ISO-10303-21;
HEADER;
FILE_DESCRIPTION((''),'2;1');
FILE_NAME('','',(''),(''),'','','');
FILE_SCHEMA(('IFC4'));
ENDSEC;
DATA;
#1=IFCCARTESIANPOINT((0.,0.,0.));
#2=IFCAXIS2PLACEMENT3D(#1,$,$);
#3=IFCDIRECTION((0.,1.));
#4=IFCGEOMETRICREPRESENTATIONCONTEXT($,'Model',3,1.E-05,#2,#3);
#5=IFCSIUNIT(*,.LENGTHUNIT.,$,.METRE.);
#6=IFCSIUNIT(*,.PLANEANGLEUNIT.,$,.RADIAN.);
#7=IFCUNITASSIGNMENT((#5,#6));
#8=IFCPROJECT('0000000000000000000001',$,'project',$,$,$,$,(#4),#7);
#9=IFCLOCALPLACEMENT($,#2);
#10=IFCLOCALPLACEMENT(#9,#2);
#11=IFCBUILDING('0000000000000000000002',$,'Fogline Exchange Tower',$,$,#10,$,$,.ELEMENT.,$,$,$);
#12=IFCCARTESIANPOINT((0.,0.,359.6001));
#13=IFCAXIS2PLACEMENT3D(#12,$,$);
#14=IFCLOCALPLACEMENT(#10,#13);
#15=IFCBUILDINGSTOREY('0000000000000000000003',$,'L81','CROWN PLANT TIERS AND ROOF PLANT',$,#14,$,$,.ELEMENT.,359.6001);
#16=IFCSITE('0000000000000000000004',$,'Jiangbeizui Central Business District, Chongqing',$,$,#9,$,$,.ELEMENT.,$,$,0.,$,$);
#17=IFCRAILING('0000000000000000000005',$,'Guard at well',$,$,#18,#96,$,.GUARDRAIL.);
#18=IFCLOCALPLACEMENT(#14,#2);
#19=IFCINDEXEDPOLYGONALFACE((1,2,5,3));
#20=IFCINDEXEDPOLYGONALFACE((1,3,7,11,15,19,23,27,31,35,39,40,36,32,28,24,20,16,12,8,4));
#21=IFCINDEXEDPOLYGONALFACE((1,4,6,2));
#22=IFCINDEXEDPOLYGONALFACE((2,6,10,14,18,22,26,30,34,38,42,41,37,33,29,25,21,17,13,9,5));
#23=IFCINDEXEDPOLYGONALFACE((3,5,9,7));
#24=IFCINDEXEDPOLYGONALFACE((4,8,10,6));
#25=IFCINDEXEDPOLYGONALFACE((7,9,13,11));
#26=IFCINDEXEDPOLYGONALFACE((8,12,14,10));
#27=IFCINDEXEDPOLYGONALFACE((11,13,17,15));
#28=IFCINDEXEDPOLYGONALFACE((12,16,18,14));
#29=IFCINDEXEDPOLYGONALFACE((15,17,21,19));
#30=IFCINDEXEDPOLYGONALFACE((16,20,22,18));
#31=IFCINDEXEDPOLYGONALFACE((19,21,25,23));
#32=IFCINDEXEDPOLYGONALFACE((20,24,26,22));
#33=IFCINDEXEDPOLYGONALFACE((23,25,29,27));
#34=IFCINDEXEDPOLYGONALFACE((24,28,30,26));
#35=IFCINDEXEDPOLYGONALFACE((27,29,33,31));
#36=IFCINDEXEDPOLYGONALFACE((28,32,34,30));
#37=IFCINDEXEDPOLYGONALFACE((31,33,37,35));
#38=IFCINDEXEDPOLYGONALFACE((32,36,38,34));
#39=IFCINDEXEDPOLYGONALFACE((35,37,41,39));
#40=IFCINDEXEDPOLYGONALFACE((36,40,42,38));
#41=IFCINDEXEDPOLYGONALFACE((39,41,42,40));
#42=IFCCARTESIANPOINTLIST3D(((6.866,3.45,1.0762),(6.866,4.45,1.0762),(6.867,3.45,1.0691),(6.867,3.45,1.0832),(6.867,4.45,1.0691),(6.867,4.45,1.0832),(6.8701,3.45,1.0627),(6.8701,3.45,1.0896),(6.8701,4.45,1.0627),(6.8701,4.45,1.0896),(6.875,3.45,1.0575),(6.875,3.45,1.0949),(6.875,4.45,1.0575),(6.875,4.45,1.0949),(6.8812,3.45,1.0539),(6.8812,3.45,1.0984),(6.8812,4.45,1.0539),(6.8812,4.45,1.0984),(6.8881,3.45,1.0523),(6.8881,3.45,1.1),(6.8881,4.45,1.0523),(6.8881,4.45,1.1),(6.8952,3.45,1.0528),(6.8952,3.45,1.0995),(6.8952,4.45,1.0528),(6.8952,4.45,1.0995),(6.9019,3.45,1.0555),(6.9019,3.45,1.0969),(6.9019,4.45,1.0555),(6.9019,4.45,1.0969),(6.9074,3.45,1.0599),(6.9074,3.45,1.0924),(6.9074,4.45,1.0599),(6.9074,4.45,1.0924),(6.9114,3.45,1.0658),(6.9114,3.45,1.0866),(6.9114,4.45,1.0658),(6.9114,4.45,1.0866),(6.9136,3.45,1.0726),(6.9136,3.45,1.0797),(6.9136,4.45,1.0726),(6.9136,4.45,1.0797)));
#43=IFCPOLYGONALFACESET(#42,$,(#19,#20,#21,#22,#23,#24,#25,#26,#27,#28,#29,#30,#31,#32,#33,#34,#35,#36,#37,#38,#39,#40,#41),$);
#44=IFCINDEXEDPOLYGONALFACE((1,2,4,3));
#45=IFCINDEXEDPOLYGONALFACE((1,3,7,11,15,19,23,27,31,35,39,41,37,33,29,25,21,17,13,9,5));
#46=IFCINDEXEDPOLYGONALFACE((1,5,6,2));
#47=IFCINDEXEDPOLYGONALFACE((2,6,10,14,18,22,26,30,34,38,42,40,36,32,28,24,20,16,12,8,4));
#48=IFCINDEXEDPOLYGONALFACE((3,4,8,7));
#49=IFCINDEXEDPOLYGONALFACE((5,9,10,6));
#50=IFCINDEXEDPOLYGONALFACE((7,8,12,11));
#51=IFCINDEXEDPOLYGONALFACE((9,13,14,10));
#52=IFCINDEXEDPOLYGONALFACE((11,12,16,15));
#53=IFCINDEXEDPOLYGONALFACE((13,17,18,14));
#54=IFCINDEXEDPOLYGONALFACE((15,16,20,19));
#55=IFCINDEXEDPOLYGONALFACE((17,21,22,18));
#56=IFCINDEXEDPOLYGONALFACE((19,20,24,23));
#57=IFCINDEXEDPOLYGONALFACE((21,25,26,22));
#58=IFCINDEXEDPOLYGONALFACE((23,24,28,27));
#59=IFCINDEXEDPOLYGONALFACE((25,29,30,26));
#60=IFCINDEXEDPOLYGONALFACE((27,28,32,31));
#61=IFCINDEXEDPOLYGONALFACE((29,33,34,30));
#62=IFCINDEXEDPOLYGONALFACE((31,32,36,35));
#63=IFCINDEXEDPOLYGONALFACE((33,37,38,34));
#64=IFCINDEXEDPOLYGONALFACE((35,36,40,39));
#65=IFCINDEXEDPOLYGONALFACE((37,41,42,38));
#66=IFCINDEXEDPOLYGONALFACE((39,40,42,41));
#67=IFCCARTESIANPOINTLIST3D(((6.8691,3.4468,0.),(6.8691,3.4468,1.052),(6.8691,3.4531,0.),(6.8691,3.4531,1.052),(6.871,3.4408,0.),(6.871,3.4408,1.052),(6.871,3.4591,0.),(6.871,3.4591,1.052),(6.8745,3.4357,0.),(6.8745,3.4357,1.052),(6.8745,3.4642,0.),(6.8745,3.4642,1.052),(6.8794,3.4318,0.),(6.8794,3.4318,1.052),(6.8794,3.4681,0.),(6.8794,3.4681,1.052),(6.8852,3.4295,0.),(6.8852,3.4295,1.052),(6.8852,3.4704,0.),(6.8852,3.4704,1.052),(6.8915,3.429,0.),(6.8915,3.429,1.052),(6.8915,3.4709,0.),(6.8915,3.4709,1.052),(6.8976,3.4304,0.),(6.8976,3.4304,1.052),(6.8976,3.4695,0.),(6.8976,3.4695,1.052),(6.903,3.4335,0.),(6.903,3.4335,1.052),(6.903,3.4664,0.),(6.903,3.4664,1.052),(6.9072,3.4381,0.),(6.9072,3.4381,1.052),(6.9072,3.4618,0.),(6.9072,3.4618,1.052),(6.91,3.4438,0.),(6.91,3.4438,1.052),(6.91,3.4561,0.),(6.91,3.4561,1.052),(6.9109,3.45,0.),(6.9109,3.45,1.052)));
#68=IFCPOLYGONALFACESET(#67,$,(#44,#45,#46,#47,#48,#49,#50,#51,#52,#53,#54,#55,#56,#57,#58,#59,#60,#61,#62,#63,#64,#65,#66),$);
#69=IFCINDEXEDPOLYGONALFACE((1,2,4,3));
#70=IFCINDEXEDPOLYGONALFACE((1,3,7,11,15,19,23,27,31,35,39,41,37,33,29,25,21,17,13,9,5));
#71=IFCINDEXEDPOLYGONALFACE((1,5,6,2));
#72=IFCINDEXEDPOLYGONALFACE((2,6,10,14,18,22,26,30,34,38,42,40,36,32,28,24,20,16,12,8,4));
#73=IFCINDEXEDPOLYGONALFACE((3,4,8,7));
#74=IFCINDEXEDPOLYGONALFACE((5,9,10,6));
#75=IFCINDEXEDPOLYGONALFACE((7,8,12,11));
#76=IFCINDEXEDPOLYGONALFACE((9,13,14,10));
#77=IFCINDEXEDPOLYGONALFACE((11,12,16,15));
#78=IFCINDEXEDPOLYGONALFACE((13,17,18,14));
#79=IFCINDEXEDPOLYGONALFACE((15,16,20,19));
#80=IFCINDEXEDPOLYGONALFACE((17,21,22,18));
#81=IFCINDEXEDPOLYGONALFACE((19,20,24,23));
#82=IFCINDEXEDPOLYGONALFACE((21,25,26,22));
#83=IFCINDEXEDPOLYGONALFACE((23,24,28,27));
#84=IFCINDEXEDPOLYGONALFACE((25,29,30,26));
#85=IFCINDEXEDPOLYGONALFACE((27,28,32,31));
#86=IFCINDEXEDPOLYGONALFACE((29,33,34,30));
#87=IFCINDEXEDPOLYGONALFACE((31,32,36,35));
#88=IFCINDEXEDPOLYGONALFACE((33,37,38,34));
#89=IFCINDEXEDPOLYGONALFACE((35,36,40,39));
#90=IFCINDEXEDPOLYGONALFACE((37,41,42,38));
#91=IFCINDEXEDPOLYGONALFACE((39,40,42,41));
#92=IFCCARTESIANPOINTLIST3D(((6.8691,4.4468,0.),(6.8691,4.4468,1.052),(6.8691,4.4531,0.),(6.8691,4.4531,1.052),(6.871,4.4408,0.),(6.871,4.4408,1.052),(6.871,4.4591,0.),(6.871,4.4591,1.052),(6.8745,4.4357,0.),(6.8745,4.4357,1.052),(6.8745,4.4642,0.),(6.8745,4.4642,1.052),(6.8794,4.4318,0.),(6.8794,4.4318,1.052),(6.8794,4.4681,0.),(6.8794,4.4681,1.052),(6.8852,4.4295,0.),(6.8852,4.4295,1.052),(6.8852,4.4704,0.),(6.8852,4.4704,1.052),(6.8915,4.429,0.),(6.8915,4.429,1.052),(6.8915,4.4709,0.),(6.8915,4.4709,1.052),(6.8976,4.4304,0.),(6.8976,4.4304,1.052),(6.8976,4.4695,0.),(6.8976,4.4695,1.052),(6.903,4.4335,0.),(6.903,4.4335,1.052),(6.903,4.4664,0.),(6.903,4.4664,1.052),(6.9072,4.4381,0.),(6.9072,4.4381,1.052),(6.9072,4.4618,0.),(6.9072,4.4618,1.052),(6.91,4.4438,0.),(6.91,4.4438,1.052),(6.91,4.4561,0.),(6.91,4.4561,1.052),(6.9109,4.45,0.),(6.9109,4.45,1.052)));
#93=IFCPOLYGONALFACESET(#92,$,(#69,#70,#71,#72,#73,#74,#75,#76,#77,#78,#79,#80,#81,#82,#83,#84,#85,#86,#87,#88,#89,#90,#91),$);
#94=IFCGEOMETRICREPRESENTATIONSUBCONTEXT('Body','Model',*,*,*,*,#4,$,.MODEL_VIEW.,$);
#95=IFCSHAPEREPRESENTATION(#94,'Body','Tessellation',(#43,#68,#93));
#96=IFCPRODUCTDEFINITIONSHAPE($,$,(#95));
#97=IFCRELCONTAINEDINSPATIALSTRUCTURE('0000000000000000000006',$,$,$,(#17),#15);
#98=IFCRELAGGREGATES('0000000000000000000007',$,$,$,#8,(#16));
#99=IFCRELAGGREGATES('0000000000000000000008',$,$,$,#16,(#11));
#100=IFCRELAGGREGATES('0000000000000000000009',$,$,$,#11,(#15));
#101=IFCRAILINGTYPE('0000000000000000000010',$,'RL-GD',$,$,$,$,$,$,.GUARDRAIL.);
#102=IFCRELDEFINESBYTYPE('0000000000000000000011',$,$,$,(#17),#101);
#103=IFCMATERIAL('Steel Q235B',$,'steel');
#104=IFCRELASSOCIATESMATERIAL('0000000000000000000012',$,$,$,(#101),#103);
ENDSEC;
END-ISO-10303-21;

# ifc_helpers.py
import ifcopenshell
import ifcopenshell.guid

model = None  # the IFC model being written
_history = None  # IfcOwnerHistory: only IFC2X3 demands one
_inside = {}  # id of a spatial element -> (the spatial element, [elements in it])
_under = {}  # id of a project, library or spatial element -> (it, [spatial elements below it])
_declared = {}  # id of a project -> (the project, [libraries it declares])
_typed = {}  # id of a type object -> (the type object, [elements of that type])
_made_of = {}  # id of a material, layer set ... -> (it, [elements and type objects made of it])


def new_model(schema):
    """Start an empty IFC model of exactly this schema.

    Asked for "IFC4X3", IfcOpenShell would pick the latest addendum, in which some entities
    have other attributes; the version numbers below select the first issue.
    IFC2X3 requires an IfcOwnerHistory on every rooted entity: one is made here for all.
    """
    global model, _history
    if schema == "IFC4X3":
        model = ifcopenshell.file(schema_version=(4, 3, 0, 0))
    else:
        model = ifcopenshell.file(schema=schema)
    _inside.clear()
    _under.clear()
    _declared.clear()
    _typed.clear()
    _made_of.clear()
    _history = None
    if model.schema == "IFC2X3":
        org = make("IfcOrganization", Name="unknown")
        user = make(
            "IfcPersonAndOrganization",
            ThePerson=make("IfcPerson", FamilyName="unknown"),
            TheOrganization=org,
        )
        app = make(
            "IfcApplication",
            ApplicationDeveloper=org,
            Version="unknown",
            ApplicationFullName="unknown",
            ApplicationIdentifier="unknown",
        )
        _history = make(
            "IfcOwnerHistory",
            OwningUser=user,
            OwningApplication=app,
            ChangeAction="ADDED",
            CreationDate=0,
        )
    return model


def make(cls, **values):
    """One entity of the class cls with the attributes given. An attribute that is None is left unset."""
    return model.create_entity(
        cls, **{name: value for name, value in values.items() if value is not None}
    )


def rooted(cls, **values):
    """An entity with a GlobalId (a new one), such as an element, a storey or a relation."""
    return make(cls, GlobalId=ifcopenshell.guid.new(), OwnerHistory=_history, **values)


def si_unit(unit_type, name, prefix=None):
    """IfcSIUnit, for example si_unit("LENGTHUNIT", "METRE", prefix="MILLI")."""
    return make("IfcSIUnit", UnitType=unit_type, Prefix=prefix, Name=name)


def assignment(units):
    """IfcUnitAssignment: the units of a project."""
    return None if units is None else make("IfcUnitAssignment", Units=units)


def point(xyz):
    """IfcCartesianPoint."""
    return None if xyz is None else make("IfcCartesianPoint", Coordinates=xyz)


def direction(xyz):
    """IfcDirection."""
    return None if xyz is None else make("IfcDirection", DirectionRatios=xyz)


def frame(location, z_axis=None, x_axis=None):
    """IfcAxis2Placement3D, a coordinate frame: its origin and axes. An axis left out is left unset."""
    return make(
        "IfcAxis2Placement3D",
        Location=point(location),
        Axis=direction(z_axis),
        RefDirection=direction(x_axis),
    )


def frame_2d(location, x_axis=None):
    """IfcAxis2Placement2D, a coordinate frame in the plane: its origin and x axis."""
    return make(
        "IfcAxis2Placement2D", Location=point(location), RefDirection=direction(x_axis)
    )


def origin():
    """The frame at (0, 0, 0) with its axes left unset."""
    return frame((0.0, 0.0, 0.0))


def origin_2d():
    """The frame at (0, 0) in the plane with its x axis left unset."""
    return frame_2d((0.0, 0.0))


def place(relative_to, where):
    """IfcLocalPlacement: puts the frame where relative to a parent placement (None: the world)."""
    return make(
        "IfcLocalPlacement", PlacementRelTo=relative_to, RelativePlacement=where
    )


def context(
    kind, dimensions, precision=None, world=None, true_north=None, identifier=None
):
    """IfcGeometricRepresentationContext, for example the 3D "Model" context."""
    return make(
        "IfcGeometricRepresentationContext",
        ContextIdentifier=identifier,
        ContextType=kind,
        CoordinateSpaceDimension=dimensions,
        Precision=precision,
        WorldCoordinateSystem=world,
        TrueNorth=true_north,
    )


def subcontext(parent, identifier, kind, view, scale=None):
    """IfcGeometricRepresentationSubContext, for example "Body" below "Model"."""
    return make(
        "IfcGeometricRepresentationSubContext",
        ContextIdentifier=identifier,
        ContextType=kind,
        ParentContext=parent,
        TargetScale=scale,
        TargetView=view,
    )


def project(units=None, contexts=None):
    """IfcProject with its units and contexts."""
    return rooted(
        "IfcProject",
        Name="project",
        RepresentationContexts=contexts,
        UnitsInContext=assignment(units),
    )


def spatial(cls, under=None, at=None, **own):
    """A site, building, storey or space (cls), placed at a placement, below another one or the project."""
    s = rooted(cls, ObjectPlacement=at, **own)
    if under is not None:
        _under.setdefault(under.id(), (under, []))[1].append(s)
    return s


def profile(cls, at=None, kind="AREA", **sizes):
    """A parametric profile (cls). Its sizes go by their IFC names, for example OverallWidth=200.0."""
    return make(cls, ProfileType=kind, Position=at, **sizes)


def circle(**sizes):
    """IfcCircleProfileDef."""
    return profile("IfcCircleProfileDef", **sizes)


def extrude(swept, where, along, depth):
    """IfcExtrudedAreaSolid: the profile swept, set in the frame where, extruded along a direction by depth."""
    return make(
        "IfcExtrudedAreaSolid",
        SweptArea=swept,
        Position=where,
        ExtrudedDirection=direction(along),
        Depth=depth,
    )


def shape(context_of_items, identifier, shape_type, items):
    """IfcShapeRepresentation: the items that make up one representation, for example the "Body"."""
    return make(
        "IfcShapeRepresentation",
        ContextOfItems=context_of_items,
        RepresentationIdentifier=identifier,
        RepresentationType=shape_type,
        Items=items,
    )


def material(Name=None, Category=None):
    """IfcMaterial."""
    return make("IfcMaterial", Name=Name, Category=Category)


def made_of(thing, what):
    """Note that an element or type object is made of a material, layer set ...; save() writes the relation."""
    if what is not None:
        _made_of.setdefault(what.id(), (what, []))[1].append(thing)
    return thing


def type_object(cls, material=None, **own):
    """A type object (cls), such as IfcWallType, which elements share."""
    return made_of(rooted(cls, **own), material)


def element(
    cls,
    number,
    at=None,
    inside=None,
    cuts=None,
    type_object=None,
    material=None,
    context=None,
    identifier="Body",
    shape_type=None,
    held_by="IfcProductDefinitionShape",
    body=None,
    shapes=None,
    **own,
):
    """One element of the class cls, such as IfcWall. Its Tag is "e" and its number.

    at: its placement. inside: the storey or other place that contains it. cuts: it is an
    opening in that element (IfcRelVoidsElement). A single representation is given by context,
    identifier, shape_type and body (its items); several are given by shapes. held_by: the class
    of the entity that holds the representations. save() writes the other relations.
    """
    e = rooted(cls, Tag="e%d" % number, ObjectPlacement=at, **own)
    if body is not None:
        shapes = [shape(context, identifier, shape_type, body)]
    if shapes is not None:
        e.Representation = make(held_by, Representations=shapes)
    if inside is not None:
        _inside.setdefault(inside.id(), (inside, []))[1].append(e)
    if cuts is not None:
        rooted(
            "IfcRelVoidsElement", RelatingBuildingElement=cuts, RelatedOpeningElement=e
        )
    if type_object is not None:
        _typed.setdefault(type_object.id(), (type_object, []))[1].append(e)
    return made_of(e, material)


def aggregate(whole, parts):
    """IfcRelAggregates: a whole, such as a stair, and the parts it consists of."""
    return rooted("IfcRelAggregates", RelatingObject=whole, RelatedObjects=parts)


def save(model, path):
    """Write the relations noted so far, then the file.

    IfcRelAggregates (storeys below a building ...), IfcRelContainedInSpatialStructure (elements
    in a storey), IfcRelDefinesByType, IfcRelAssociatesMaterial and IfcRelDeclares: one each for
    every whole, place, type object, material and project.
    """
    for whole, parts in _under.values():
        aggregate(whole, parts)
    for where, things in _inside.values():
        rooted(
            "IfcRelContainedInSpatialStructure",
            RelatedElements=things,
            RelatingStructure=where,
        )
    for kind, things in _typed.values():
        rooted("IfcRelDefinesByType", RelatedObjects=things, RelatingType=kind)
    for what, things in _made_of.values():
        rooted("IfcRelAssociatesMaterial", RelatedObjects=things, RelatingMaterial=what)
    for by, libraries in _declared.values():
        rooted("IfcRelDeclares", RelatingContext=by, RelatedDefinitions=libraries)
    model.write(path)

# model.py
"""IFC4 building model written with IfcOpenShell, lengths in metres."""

from ifc_helpers import new_model, si_unit, direction, frame, origin, origin_2d, place, context, subcontext, project, spatial, circle, extrude, material, type_object, element, save


model = new_model("IFC4")

# Units and contexts
model_context = context("Model", 3, precision=1e-05, world=origin(), true_north=direction((0.0, 1.0)))
body_context = subcontext(model_context, "Body", "Model", "MODEL_VIEW")
ifc_project = project(units=[si_unit("LENGTHUNIT", "METRE"), si_unit("PLANEANGLEUNIT", "RADIAN")], contexts=[model_context])

# Site, building, storey
site_placement = place(None, origin())
site = spatial("IfcSite", under=ifc_project, at=site_placement, Name="Jiangbeizui Central Business District, Chongqing", CompositionType="ELEMENT", RefElevation=0.0)
building_placement = place(site_placement, origin())
building = spatial("IfcBuilding", under=site, at=building_placement, Name="Fogline Exchange Tower", CompositionType="ELEMENT")
storey_placement = place(building_placement, frame((0.0, 0.0, 359.6001)))
storey = spatial("IfcBuildingStorey", under=building, at=storey_placement, Name="L81", Description="CROWN PLANT TIERS AND ROOF PLANT", CompositionType="ELEMENT", Elevation=359.6001)

# Railing
ifc_material_1 = material(Name="Steel Q235B", Category="steel")
railing_type_1 = type_object("IfcRailingType", Name="RL-GD", PredefinedType="GUARDRAIL", material=ifc_material_1)
railing_1_placement = place(storey_placement, frame((6.8899, 3.45, 0.0)))
element("IfcRailing", 1, at=railing_1_placement, inside=storey, type_object=railing_type_1, Name="Guard at well", PredefinedType="GUARDRAIL", context=body_context, shape_type="SweptSolid", body=[
    extrude(circle(Radius=0.0239, at=origin_2d()), frame((0.0, 0.0, 1.0762), z_axis=(0.0, 1.0, 0.0), x_axis=(-1.0, 0.0, 0.0)), (0.0, 0.0, 1.0), 1.0),
    extrude(circle(Radius=0.021, at=origin_2d()), origin(), (0.0, 0.0, 1.0), 1.052),
    extrude(circle(Radius=0.021, at=origin_2d()), frame((0.0, 1.0, 0.0)), (0.0, 0.0, 1.0), 1.052),
])

save(model, "model.ifc")
